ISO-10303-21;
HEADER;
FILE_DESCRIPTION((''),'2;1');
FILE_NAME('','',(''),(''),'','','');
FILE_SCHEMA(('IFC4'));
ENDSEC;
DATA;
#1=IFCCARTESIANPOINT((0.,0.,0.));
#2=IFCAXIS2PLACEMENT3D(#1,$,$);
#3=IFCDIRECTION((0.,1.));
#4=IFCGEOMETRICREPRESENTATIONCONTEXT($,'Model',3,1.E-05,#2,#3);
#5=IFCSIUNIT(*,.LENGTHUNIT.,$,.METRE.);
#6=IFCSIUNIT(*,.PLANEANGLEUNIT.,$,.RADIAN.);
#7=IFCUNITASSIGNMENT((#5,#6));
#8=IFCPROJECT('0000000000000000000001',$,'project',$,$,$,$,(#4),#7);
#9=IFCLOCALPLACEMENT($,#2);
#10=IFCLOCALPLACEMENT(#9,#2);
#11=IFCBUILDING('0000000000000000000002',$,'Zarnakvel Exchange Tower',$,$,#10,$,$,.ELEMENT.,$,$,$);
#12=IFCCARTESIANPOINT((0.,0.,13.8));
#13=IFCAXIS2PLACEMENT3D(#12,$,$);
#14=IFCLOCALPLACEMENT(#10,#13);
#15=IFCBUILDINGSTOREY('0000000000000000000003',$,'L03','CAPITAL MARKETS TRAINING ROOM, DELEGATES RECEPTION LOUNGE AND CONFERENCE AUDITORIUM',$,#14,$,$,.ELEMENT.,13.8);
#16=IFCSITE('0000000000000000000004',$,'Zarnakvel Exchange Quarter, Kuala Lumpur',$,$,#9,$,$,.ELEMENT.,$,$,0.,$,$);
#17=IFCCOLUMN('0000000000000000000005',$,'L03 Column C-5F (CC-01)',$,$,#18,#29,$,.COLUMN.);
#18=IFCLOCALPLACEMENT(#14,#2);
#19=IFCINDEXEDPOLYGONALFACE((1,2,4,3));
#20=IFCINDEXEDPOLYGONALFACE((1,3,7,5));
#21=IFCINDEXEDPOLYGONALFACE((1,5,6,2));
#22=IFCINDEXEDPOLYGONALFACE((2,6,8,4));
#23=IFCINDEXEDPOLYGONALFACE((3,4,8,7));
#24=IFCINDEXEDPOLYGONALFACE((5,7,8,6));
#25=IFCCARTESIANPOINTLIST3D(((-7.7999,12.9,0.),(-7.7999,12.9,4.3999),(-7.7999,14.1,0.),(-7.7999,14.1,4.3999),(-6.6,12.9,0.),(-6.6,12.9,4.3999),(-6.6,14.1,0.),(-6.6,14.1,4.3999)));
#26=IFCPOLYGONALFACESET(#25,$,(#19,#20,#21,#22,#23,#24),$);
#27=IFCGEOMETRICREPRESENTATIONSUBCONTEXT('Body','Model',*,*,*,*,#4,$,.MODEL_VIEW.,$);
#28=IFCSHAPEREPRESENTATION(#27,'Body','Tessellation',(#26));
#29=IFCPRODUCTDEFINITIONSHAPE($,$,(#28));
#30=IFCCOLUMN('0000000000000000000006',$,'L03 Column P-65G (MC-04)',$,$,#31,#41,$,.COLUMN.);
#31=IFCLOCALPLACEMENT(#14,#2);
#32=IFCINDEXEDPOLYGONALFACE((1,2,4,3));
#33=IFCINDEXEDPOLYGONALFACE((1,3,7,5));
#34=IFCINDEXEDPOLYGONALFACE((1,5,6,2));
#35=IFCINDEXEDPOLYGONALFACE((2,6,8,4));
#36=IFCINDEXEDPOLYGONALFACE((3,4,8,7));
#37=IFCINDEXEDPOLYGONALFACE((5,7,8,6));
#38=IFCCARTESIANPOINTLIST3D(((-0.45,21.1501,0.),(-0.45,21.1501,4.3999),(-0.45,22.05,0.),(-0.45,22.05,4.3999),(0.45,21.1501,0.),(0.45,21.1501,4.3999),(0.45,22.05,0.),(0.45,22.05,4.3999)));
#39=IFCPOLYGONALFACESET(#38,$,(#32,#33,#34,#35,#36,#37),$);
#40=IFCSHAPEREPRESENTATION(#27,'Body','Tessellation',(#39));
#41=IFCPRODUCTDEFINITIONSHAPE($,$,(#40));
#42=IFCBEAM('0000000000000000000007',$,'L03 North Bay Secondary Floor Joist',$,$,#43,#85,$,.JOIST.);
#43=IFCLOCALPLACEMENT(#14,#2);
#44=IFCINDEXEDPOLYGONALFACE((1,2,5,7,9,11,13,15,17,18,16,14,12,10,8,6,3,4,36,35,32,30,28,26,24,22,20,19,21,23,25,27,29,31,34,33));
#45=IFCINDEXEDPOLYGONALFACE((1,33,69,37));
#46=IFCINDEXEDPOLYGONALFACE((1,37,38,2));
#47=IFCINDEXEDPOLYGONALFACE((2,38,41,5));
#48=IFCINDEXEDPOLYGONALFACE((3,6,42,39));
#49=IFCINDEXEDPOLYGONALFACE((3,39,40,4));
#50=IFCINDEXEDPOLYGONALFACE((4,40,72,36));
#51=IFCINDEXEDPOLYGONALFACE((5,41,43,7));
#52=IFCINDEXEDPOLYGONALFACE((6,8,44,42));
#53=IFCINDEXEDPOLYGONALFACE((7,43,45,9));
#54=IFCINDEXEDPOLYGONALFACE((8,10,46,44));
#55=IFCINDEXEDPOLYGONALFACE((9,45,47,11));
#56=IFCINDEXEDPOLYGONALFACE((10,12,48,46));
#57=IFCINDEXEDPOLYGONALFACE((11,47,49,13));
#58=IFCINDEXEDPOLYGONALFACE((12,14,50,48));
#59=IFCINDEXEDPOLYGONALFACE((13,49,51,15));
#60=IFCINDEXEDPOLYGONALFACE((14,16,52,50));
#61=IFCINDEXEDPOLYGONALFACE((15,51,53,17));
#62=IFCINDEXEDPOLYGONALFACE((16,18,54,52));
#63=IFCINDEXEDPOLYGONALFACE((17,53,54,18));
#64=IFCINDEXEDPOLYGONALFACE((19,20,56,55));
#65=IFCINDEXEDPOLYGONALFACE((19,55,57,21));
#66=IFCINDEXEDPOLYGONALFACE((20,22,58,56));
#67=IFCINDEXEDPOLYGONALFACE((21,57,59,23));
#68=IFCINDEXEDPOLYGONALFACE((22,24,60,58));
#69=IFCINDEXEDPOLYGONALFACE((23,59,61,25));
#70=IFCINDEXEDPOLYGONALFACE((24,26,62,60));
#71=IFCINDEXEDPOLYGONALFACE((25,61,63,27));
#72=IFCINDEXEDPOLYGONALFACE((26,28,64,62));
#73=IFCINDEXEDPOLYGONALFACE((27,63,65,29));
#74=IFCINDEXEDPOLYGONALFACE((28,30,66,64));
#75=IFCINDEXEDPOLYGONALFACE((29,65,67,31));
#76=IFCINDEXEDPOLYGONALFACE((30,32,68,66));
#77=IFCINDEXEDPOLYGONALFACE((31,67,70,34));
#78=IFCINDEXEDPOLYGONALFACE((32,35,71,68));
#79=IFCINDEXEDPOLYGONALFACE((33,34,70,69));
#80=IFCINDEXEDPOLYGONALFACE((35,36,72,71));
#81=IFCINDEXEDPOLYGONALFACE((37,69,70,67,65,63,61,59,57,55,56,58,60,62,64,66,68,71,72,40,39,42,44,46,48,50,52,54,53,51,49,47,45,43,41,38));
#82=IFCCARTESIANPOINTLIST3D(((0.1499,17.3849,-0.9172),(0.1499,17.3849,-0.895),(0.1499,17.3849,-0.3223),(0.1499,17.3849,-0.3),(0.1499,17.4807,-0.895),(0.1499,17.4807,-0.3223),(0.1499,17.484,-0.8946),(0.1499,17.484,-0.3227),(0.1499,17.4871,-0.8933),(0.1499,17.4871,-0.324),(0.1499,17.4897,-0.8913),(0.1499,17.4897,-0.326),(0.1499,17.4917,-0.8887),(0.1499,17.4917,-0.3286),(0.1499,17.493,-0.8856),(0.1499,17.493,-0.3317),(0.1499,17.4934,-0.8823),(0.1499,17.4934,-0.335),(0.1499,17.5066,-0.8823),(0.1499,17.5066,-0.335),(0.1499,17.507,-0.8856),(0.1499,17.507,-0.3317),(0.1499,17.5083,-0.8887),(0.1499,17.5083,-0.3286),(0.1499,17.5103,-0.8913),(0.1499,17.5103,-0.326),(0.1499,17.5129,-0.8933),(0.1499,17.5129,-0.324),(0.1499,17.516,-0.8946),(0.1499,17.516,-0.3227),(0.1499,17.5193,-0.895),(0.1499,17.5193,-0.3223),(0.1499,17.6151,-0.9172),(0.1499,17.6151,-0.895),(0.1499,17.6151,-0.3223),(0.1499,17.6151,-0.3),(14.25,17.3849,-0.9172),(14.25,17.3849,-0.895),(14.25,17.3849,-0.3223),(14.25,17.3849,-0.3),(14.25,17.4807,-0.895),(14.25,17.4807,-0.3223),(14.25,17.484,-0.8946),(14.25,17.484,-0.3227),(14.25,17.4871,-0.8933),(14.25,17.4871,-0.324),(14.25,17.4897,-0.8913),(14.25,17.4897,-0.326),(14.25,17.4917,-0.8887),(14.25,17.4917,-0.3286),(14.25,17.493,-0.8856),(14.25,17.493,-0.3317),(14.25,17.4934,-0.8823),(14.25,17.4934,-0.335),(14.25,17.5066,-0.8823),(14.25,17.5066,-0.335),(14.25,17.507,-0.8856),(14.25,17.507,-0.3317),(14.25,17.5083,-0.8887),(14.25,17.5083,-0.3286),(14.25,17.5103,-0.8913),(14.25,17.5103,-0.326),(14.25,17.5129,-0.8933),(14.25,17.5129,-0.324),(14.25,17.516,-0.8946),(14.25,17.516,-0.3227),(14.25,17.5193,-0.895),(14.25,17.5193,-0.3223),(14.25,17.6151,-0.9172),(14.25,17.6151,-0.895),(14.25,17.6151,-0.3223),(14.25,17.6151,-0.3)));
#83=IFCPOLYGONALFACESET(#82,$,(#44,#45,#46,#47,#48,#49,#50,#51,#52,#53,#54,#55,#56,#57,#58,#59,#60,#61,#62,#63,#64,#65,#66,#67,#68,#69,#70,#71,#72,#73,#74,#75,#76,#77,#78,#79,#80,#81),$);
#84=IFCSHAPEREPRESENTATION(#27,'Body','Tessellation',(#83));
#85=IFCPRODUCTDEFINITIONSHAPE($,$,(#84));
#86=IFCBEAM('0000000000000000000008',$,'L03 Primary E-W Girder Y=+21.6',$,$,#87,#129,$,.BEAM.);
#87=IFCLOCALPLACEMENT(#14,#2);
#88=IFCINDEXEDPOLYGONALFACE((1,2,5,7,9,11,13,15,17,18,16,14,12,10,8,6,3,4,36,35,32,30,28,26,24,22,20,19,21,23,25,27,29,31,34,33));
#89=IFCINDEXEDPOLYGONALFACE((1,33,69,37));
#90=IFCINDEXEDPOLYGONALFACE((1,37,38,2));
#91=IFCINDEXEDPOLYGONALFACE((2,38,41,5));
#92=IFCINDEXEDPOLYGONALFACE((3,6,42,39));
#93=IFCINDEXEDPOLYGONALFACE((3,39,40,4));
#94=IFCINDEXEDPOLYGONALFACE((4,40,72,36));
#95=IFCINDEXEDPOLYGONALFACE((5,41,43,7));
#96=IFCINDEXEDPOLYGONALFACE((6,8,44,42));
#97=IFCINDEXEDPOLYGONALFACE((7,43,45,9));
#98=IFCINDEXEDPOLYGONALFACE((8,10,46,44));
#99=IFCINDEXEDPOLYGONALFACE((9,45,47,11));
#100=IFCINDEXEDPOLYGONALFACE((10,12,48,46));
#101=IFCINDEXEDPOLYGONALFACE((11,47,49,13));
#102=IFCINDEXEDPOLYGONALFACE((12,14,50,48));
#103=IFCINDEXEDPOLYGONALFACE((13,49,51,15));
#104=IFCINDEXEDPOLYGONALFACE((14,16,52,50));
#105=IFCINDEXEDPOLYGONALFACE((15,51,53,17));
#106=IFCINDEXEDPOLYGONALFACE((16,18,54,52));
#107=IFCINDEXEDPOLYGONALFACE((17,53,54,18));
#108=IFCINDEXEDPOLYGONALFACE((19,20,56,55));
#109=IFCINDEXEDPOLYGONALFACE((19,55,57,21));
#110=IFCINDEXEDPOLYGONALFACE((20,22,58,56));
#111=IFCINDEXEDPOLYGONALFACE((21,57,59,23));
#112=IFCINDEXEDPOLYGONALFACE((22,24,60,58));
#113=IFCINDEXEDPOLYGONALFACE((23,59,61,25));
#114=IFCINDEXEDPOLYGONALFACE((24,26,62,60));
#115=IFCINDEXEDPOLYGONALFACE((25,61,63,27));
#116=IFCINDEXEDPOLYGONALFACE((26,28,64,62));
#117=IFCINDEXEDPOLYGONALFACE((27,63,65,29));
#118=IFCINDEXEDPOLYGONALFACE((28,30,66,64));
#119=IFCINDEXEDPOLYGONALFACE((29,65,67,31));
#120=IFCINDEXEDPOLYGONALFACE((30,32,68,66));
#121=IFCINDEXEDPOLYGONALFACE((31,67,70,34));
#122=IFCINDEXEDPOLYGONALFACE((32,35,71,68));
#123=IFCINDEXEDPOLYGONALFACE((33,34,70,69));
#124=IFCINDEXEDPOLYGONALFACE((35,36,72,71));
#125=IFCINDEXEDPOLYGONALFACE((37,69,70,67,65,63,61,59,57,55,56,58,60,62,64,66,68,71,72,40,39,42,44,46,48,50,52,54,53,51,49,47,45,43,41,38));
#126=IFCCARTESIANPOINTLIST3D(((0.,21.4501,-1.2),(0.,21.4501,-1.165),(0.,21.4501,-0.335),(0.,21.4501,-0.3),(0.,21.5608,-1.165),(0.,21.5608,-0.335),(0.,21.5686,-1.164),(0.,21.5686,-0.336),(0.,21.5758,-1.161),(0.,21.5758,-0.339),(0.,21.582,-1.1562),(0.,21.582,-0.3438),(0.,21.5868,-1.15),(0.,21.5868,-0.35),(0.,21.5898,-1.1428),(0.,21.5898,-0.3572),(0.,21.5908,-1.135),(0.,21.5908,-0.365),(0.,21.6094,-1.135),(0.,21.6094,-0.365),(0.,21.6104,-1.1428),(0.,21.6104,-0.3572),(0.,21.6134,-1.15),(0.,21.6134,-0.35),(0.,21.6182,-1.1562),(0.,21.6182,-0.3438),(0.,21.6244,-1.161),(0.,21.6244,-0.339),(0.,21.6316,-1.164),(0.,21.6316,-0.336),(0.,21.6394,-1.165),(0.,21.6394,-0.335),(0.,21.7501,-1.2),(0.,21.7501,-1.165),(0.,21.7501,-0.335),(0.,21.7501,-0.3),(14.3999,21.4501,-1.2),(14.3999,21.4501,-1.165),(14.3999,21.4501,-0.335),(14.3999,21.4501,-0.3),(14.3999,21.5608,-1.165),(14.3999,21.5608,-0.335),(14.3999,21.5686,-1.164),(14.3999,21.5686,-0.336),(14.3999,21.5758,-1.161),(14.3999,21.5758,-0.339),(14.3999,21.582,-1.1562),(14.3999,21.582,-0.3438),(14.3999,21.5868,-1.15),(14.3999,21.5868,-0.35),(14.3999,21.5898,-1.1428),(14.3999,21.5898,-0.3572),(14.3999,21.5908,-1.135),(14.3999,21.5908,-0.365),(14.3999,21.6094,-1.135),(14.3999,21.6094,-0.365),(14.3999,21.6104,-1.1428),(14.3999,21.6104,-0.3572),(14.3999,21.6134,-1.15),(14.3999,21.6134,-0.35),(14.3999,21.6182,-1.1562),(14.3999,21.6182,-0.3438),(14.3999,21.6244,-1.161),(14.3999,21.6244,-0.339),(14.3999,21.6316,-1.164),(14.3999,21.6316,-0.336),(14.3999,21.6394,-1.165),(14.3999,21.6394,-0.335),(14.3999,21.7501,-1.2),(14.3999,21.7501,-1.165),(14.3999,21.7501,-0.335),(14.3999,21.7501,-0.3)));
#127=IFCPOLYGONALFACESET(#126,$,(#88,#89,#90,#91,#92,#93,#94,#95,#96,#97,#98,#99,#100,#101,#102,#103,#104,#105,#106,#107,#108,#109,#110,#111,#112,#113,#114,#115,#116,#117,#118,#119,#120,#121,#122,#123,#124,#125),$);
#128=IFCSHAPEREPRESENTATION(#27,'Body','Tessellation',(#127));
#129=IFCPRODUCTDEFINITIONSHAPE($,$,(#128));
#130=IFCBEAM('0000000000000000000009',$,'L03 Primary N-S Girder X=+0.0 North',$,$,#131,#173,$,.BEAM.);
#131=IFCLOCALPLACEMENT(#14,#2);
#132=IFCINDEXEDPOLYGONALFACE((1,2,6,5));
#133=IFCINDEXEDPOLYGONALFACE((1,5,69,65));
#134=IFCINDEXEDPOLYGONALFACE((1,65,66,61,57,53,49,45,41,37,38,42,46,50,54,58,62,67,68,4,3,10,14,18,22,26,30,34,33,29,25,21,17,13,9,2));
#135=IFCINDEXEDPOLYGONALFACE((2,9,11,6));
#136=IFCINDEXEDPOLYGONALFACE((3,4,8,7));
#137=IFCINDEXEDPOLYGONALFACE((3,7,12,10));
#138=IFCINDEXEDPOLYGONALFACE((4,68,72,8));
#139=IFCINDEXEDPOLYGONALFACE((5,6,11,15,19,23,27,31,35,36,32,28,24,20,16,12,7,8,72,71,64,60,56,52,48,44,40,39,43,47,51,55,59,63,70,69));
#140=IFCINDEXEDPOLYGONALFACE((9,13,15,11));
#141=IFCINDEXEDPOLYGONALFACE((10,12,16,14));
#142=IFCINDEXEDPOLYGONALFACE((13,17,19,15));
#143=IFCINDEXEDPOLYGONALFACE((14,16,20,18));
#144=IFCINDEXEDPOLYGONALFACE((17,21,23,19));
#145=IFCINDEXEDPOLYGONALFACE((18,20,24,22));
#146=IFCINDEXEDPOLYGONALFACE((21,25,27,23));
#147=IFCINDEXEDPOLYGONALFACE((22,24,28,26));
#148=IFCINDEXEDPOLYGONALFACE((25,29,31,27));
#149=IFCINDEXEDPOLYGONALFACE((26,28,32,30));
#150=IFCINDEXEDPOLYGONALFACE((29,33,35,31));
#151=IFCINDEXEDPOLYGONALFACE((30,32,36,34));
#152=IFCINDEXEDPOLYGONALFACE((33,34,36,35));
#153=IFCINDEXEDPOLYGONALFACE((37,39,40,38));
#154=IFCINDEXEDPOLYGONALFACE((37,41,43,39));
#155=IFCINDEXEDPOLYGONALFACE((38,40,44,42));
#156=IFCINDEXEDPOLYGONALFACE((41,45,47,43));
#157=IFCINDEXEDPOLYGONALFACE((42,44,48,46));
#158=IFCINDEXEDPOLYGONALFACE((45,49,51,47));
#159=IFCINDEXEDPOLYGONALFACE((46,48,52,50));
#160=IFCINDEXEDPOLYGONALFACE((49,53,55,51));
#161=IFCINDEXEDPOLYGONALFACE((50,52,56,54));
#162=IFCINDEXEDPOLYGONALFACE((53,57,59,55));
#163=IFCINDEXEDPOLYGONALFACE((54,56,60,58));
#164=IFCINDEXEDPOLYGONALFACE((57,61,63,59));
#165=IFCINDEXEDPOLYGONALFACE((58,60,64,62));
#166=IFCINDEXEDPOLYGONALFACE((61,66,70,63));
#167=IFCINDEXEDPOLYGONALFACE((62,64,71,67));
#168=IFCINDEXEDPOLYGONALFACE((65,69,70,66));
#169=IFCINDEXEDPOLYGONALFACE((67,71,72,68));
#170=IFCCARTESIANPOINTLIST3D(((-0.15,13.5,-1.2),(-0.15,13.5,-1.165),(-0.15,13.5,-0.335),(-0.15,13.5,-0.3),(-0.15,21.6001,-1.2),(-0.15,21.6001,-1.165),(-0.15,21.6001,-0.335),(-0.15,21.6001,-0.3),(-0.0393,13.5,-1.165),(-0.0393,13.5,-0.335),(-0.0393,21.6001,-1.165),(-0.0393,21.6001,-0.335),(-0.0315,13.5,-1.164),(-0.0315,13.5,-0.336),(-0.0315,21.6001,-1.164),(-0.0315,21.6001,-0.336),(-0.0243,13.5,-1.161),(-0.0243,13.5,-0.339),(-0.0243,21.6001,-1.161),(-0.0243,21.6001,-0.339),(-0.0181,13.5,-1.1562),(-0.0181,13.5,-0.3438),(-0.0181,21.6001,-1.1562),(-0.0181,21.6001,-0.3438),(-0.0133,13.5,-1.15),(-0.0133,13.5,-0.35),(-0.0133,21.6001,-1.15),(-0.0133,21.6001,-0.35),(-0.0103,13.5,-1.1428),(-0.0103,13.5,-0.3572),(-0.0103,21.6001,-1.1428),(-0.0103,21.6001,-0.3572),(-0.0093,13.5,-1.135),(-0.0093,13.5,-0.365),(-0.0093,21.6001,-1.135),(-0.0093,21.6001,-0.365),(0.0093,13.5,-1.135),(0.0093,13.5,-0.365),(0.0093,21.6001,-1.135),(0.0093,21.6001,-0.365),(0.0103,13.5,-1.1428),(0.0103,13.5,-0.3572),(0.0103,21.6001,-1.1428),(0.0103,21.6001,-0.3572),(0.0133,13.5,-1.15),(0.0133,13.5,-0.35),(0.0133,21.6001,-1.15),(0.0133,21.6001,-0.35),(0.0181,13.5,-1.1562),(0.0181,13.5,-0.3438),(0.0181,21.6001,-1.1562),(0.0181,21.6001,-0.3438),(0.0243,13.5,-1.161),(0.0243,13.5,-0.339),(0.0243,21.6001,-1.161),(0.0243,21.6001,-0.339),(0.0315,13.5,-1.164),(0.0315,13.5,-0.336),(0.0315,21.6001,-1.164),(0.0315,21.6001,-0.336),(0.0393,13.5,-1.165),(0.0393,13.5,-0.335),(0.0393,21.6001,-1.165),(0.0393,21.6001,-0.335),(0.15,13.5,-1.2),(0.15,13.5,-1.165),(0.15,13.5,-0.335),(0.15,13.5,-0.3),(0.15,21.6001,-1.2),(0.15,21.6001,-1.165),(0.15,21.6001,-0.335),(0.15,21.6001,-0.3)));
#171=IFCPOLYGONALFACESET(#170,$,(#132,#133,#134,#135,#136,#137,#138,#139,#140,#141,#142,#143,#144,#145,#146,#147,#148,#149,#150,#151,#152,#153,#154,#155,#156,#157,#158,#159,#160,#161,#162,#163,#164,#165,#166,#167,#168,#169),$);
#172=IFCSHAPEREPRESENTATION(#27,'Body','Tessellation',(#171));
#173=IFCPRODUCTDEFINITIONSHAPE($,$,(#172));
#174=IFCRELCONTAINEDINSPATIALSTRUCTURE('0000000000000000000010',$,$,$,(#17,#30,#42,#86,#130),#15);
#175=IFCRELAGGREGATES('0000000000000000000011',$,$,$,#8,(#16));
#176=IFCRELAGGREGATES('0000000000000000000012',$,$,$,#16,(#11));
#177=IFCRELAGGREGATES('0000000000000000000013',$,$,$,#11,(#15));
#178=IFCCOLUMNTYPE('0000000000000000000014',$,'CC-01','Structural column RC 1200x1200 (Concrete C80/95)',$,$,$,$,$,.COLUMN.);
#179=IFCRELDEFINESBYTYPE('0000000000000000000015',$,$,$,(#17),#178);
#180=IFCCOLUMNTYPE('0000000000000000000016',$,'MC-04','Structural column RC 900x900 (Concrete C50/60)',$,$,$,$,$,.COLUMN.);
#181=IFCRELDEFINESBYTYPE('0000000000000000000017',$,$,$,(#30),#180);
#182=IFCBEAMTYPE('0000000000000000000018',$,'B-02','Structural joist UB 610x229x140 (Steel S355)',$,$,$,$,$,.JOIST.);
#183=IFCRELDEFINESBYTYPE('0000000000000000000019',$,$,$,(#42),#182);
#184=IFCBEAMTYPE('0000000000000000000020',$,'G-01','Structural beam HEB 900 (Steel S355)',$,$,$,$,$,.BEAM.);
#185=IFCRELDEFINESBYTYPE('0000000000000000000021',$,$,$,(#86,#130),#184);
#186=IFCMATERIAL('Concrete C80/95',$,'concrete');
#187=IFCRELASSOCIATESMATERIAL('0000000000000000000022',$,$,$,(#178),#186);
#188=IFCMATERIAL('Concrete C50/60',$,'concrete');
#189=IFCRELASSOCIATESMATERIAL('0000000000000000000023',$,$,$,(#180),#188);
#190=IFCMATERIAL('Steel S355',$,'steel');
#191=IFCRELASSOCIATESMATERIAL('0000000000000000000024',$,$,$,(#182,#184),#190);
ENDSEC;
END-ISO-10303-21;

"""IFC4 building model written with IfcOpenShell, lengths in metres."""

from ifc_helpers import new_model, si_unit, direction, frame, origin, origin_2d, place, context, subcontext, project, spatial, rectangle, i_section, extrude, material, material_profile, profile_set, type_object, element, save


model = new_model("IFC4")

# Units and contexts
model_context = context("Model", 3, precision=1e-05, world=origin(), true_north=direction((0.0, 1.0)))
body_context = subcontext(model_context, "Body", "Model", "MODEL_VIEW")
ifc_project = project(units=[si_unit("LENGTHUNIT", "METRE"), si_unit("PLANEANGLEUNIT", "RADIAN")], contexts=[model_context])

# Site, building, storey
site_placement = place(None, origin())
site = spatial("IfcSite", under=ifc_project, at=site_placement, Name="Zarnakvel Exchange Quarter, Kuala Lumpur", CompositionType="ELEMENT", RefElevation=0.0)
building_placement = place(site_placement, origin())
building = spatial("IfcBuilding", under=site, at=building_placement, Name="Zarnakvel Exchange Tower", CompositionType="ELEMENT")
storey_placement = place(building_placement, frame((0.0, 0.0, 13.8)))
storey = spatial("IfcBuildingStorey", under=building, at=storey_placement, Name="L03", Description="CAPITAL MARKETS TRAINING ROOM, DELEGATES RECEPTION LOUNGE AND CONFERENCE AUDITORIUM", CompositionType="ELEMENT", Elevation=13.8)

# Columns
ifc_material_1 = material(Name="Concrete C80/95", Category="concrete")
ifc_material_profile_1 = material_profile(ifc_material_1, rectangle(XDim=1.2, YDim=1.2, at=origin_2d()))
ifc_profile_set_1 = profile_set([ifc_material_profile_1], Name="Concrete C80/95")
column_type_1 = type_object("IfcColumnType", Name="CC-01", Description="Structural column RC 1200x1200 (Concrete C80/95)", PredefinedType="COLUMN", material=ifc_profile_set_1)
column_1_placement = place(storey_placement, frame((-7.2, 13.5, 0.0), z_axis=(0.0, 0.0, 1.0), x_axis=(1.0, 0.0, 0.0)))
element("IfcColumn", 1, at=column_1_placement, inside=storey, type_object=column_type_1, Name="L03 Column C-5F (CC-01)", PredefinedType="COLUMN", context=body_context, shape_type="SweptSolid", body=[
    extrude(rectangle(XDim=1.2, YDim=1.2, at=origin_2d()), origin(), (0.0, 0.0, 1.0), 4.3999),
])
ifc_material_2 = material(Name="Concrete C50/60", Category="concrete")
ifc_material_profile_2 = material_profile(ifc_material_2, rectangle(XDim=0.8999, YDim=0.8999, at=origin_2d()))
ifc_profile_set_2 = profile_set([ifc_material_profile_2], Name="Concrete C50/60")
column_type_2 = type_object("IfcColumnType", Name="MC-04", Description="Structural column RC 900x900 (Concrete C50/60)", PredefinedType="COLUMN", material=ifc_profile_set_2)
column_2_placement = place(storey_placement, frame((0.0, 21.6001, 0.0), z_axis=(0.0, 0.0, 1.0), x_axis=(1.0, 0.0, 0.0)))
element("IfcColumn", 2, at=column_2_placement, inside=storey, type_object=column_type_2, Name="L03 Column P-65G (MC-04)", PredefinedType="COLUMN", context=body_context, shape_type="SweptSolid", body=[
    extrude(rectangle(XDim=0.8999, YDim=0.8999, at=origin_2d()), origin(), (0.0, 0.0, 1.0), 4.3999),
])

# Beams
ifc_material_3 = material(Name="Steel S355", Category="steel")
ifc_material_profile_3 = material_profile(ifc_material_3, i_section(OverallWidth=0.2302, OverallDepth=0.6172, WebThickness=0.0132, FlangeThickness=0.0222, FilletRadius=0.0127, at=origin_2d()))
ifc_profile_set_3 = profile_set([ifc_material_profile_3], Name="Steel S355")
beam_type_1 = type_object("IfcBeamType", Name="B-02", Description="Structural joist UB 610x229x140 (Steel S355)", PredefinedType="JOIST", material=ifc_profile_set_3)
beam_1_placement = place(storey_placement, frame((0.1499, 17.5, -0.6086), z_axis=(1.0, 0.0, 0.0), x_axis=(0.0, 1.0, 0.0)))
element("IfcBeam", 3, at=beam_1_placement, inside=storey, type_object=beam_type_1, Name="L03 North Bay Secondary Floor Joist", PredefinedType="JOIST", context=body_context, shape_type="SweptSolid", body=[
    extrude(i_section(OverallWidth=0.2302, OverallDepth=0.6172, WebThickness=0.0132, FlangeThickness=0.0222, FilletRadius=0.0127, at=origin_2d()), origin(), (0.0, 0.0, 1.0), 14.1001),
])
ifc_material_profile_4 = material_profile(ifc_material_3, i_section(OverallWidth=0.3, OverallDepth=0.8999, WebThickness=0.0186, FlangeThickness=0.0349, FilletRadius=0.03, at=origin_2d()))
ifc_profile_set_4 = profile_set([ifc_material_profile_4], Name="Steel S355")
beam_type_2 = type_object("IfcBeamType", Name="G-01", Description="Structural beam HEB 900 (Steel S355)", PredefinedType="BEAM", material=ifc_profile_set_4)
beam_2_placement = place(storey_placement, frame((0.0, 21.6001, -0.75), z_axis=(1.0, 0.0, 0.0), x_axis=(0.0, 1.0, 0.0)))
element("IfcBeam", 4, at=beam_2_placement, inside=storey, type_object=beam_type_2, Name="L03 Primary E-W Girder Y=+21.6", PredefinedType="BEAM", context=body_context, shape_type="SweptSolid", body=[
    extrude(i_section(OverallWidth=0.3, OverallDepth=0.8999, WebThickness=0.0186, FlangeThickness=0.0349, FilletRadius=0.03, at=origin_2d()), origin(), (0.0, 0.0, 1.0), 14.3999),
])
beam_3_placement = place(storey_placement, frame((0.0, 13.5, -0.75), z_axis=(0.0, 1.0, 0.0), x_axis=(-1.0, 0.0, 0.0)))
element("IfcBeam", 5, at=beam_3_placement, inside=storey, type_object=beam_type_2, Name="L03 Primary N-S Girder X=+0.0 North", PredefinedType="BEAM", context=body_context, shape_type="SweptSolid", body=[
    extrude(i_section(OverallWidth=0.3, OverallDepth=0.8999, WebThickness=0.0186, FlangeThickness=0.0349, FilletRadius=0.03, at=origin_2d()), origin(), (0.0, 0.0, 1.0), 8.1001),
])

save(model, "model.ifc")
